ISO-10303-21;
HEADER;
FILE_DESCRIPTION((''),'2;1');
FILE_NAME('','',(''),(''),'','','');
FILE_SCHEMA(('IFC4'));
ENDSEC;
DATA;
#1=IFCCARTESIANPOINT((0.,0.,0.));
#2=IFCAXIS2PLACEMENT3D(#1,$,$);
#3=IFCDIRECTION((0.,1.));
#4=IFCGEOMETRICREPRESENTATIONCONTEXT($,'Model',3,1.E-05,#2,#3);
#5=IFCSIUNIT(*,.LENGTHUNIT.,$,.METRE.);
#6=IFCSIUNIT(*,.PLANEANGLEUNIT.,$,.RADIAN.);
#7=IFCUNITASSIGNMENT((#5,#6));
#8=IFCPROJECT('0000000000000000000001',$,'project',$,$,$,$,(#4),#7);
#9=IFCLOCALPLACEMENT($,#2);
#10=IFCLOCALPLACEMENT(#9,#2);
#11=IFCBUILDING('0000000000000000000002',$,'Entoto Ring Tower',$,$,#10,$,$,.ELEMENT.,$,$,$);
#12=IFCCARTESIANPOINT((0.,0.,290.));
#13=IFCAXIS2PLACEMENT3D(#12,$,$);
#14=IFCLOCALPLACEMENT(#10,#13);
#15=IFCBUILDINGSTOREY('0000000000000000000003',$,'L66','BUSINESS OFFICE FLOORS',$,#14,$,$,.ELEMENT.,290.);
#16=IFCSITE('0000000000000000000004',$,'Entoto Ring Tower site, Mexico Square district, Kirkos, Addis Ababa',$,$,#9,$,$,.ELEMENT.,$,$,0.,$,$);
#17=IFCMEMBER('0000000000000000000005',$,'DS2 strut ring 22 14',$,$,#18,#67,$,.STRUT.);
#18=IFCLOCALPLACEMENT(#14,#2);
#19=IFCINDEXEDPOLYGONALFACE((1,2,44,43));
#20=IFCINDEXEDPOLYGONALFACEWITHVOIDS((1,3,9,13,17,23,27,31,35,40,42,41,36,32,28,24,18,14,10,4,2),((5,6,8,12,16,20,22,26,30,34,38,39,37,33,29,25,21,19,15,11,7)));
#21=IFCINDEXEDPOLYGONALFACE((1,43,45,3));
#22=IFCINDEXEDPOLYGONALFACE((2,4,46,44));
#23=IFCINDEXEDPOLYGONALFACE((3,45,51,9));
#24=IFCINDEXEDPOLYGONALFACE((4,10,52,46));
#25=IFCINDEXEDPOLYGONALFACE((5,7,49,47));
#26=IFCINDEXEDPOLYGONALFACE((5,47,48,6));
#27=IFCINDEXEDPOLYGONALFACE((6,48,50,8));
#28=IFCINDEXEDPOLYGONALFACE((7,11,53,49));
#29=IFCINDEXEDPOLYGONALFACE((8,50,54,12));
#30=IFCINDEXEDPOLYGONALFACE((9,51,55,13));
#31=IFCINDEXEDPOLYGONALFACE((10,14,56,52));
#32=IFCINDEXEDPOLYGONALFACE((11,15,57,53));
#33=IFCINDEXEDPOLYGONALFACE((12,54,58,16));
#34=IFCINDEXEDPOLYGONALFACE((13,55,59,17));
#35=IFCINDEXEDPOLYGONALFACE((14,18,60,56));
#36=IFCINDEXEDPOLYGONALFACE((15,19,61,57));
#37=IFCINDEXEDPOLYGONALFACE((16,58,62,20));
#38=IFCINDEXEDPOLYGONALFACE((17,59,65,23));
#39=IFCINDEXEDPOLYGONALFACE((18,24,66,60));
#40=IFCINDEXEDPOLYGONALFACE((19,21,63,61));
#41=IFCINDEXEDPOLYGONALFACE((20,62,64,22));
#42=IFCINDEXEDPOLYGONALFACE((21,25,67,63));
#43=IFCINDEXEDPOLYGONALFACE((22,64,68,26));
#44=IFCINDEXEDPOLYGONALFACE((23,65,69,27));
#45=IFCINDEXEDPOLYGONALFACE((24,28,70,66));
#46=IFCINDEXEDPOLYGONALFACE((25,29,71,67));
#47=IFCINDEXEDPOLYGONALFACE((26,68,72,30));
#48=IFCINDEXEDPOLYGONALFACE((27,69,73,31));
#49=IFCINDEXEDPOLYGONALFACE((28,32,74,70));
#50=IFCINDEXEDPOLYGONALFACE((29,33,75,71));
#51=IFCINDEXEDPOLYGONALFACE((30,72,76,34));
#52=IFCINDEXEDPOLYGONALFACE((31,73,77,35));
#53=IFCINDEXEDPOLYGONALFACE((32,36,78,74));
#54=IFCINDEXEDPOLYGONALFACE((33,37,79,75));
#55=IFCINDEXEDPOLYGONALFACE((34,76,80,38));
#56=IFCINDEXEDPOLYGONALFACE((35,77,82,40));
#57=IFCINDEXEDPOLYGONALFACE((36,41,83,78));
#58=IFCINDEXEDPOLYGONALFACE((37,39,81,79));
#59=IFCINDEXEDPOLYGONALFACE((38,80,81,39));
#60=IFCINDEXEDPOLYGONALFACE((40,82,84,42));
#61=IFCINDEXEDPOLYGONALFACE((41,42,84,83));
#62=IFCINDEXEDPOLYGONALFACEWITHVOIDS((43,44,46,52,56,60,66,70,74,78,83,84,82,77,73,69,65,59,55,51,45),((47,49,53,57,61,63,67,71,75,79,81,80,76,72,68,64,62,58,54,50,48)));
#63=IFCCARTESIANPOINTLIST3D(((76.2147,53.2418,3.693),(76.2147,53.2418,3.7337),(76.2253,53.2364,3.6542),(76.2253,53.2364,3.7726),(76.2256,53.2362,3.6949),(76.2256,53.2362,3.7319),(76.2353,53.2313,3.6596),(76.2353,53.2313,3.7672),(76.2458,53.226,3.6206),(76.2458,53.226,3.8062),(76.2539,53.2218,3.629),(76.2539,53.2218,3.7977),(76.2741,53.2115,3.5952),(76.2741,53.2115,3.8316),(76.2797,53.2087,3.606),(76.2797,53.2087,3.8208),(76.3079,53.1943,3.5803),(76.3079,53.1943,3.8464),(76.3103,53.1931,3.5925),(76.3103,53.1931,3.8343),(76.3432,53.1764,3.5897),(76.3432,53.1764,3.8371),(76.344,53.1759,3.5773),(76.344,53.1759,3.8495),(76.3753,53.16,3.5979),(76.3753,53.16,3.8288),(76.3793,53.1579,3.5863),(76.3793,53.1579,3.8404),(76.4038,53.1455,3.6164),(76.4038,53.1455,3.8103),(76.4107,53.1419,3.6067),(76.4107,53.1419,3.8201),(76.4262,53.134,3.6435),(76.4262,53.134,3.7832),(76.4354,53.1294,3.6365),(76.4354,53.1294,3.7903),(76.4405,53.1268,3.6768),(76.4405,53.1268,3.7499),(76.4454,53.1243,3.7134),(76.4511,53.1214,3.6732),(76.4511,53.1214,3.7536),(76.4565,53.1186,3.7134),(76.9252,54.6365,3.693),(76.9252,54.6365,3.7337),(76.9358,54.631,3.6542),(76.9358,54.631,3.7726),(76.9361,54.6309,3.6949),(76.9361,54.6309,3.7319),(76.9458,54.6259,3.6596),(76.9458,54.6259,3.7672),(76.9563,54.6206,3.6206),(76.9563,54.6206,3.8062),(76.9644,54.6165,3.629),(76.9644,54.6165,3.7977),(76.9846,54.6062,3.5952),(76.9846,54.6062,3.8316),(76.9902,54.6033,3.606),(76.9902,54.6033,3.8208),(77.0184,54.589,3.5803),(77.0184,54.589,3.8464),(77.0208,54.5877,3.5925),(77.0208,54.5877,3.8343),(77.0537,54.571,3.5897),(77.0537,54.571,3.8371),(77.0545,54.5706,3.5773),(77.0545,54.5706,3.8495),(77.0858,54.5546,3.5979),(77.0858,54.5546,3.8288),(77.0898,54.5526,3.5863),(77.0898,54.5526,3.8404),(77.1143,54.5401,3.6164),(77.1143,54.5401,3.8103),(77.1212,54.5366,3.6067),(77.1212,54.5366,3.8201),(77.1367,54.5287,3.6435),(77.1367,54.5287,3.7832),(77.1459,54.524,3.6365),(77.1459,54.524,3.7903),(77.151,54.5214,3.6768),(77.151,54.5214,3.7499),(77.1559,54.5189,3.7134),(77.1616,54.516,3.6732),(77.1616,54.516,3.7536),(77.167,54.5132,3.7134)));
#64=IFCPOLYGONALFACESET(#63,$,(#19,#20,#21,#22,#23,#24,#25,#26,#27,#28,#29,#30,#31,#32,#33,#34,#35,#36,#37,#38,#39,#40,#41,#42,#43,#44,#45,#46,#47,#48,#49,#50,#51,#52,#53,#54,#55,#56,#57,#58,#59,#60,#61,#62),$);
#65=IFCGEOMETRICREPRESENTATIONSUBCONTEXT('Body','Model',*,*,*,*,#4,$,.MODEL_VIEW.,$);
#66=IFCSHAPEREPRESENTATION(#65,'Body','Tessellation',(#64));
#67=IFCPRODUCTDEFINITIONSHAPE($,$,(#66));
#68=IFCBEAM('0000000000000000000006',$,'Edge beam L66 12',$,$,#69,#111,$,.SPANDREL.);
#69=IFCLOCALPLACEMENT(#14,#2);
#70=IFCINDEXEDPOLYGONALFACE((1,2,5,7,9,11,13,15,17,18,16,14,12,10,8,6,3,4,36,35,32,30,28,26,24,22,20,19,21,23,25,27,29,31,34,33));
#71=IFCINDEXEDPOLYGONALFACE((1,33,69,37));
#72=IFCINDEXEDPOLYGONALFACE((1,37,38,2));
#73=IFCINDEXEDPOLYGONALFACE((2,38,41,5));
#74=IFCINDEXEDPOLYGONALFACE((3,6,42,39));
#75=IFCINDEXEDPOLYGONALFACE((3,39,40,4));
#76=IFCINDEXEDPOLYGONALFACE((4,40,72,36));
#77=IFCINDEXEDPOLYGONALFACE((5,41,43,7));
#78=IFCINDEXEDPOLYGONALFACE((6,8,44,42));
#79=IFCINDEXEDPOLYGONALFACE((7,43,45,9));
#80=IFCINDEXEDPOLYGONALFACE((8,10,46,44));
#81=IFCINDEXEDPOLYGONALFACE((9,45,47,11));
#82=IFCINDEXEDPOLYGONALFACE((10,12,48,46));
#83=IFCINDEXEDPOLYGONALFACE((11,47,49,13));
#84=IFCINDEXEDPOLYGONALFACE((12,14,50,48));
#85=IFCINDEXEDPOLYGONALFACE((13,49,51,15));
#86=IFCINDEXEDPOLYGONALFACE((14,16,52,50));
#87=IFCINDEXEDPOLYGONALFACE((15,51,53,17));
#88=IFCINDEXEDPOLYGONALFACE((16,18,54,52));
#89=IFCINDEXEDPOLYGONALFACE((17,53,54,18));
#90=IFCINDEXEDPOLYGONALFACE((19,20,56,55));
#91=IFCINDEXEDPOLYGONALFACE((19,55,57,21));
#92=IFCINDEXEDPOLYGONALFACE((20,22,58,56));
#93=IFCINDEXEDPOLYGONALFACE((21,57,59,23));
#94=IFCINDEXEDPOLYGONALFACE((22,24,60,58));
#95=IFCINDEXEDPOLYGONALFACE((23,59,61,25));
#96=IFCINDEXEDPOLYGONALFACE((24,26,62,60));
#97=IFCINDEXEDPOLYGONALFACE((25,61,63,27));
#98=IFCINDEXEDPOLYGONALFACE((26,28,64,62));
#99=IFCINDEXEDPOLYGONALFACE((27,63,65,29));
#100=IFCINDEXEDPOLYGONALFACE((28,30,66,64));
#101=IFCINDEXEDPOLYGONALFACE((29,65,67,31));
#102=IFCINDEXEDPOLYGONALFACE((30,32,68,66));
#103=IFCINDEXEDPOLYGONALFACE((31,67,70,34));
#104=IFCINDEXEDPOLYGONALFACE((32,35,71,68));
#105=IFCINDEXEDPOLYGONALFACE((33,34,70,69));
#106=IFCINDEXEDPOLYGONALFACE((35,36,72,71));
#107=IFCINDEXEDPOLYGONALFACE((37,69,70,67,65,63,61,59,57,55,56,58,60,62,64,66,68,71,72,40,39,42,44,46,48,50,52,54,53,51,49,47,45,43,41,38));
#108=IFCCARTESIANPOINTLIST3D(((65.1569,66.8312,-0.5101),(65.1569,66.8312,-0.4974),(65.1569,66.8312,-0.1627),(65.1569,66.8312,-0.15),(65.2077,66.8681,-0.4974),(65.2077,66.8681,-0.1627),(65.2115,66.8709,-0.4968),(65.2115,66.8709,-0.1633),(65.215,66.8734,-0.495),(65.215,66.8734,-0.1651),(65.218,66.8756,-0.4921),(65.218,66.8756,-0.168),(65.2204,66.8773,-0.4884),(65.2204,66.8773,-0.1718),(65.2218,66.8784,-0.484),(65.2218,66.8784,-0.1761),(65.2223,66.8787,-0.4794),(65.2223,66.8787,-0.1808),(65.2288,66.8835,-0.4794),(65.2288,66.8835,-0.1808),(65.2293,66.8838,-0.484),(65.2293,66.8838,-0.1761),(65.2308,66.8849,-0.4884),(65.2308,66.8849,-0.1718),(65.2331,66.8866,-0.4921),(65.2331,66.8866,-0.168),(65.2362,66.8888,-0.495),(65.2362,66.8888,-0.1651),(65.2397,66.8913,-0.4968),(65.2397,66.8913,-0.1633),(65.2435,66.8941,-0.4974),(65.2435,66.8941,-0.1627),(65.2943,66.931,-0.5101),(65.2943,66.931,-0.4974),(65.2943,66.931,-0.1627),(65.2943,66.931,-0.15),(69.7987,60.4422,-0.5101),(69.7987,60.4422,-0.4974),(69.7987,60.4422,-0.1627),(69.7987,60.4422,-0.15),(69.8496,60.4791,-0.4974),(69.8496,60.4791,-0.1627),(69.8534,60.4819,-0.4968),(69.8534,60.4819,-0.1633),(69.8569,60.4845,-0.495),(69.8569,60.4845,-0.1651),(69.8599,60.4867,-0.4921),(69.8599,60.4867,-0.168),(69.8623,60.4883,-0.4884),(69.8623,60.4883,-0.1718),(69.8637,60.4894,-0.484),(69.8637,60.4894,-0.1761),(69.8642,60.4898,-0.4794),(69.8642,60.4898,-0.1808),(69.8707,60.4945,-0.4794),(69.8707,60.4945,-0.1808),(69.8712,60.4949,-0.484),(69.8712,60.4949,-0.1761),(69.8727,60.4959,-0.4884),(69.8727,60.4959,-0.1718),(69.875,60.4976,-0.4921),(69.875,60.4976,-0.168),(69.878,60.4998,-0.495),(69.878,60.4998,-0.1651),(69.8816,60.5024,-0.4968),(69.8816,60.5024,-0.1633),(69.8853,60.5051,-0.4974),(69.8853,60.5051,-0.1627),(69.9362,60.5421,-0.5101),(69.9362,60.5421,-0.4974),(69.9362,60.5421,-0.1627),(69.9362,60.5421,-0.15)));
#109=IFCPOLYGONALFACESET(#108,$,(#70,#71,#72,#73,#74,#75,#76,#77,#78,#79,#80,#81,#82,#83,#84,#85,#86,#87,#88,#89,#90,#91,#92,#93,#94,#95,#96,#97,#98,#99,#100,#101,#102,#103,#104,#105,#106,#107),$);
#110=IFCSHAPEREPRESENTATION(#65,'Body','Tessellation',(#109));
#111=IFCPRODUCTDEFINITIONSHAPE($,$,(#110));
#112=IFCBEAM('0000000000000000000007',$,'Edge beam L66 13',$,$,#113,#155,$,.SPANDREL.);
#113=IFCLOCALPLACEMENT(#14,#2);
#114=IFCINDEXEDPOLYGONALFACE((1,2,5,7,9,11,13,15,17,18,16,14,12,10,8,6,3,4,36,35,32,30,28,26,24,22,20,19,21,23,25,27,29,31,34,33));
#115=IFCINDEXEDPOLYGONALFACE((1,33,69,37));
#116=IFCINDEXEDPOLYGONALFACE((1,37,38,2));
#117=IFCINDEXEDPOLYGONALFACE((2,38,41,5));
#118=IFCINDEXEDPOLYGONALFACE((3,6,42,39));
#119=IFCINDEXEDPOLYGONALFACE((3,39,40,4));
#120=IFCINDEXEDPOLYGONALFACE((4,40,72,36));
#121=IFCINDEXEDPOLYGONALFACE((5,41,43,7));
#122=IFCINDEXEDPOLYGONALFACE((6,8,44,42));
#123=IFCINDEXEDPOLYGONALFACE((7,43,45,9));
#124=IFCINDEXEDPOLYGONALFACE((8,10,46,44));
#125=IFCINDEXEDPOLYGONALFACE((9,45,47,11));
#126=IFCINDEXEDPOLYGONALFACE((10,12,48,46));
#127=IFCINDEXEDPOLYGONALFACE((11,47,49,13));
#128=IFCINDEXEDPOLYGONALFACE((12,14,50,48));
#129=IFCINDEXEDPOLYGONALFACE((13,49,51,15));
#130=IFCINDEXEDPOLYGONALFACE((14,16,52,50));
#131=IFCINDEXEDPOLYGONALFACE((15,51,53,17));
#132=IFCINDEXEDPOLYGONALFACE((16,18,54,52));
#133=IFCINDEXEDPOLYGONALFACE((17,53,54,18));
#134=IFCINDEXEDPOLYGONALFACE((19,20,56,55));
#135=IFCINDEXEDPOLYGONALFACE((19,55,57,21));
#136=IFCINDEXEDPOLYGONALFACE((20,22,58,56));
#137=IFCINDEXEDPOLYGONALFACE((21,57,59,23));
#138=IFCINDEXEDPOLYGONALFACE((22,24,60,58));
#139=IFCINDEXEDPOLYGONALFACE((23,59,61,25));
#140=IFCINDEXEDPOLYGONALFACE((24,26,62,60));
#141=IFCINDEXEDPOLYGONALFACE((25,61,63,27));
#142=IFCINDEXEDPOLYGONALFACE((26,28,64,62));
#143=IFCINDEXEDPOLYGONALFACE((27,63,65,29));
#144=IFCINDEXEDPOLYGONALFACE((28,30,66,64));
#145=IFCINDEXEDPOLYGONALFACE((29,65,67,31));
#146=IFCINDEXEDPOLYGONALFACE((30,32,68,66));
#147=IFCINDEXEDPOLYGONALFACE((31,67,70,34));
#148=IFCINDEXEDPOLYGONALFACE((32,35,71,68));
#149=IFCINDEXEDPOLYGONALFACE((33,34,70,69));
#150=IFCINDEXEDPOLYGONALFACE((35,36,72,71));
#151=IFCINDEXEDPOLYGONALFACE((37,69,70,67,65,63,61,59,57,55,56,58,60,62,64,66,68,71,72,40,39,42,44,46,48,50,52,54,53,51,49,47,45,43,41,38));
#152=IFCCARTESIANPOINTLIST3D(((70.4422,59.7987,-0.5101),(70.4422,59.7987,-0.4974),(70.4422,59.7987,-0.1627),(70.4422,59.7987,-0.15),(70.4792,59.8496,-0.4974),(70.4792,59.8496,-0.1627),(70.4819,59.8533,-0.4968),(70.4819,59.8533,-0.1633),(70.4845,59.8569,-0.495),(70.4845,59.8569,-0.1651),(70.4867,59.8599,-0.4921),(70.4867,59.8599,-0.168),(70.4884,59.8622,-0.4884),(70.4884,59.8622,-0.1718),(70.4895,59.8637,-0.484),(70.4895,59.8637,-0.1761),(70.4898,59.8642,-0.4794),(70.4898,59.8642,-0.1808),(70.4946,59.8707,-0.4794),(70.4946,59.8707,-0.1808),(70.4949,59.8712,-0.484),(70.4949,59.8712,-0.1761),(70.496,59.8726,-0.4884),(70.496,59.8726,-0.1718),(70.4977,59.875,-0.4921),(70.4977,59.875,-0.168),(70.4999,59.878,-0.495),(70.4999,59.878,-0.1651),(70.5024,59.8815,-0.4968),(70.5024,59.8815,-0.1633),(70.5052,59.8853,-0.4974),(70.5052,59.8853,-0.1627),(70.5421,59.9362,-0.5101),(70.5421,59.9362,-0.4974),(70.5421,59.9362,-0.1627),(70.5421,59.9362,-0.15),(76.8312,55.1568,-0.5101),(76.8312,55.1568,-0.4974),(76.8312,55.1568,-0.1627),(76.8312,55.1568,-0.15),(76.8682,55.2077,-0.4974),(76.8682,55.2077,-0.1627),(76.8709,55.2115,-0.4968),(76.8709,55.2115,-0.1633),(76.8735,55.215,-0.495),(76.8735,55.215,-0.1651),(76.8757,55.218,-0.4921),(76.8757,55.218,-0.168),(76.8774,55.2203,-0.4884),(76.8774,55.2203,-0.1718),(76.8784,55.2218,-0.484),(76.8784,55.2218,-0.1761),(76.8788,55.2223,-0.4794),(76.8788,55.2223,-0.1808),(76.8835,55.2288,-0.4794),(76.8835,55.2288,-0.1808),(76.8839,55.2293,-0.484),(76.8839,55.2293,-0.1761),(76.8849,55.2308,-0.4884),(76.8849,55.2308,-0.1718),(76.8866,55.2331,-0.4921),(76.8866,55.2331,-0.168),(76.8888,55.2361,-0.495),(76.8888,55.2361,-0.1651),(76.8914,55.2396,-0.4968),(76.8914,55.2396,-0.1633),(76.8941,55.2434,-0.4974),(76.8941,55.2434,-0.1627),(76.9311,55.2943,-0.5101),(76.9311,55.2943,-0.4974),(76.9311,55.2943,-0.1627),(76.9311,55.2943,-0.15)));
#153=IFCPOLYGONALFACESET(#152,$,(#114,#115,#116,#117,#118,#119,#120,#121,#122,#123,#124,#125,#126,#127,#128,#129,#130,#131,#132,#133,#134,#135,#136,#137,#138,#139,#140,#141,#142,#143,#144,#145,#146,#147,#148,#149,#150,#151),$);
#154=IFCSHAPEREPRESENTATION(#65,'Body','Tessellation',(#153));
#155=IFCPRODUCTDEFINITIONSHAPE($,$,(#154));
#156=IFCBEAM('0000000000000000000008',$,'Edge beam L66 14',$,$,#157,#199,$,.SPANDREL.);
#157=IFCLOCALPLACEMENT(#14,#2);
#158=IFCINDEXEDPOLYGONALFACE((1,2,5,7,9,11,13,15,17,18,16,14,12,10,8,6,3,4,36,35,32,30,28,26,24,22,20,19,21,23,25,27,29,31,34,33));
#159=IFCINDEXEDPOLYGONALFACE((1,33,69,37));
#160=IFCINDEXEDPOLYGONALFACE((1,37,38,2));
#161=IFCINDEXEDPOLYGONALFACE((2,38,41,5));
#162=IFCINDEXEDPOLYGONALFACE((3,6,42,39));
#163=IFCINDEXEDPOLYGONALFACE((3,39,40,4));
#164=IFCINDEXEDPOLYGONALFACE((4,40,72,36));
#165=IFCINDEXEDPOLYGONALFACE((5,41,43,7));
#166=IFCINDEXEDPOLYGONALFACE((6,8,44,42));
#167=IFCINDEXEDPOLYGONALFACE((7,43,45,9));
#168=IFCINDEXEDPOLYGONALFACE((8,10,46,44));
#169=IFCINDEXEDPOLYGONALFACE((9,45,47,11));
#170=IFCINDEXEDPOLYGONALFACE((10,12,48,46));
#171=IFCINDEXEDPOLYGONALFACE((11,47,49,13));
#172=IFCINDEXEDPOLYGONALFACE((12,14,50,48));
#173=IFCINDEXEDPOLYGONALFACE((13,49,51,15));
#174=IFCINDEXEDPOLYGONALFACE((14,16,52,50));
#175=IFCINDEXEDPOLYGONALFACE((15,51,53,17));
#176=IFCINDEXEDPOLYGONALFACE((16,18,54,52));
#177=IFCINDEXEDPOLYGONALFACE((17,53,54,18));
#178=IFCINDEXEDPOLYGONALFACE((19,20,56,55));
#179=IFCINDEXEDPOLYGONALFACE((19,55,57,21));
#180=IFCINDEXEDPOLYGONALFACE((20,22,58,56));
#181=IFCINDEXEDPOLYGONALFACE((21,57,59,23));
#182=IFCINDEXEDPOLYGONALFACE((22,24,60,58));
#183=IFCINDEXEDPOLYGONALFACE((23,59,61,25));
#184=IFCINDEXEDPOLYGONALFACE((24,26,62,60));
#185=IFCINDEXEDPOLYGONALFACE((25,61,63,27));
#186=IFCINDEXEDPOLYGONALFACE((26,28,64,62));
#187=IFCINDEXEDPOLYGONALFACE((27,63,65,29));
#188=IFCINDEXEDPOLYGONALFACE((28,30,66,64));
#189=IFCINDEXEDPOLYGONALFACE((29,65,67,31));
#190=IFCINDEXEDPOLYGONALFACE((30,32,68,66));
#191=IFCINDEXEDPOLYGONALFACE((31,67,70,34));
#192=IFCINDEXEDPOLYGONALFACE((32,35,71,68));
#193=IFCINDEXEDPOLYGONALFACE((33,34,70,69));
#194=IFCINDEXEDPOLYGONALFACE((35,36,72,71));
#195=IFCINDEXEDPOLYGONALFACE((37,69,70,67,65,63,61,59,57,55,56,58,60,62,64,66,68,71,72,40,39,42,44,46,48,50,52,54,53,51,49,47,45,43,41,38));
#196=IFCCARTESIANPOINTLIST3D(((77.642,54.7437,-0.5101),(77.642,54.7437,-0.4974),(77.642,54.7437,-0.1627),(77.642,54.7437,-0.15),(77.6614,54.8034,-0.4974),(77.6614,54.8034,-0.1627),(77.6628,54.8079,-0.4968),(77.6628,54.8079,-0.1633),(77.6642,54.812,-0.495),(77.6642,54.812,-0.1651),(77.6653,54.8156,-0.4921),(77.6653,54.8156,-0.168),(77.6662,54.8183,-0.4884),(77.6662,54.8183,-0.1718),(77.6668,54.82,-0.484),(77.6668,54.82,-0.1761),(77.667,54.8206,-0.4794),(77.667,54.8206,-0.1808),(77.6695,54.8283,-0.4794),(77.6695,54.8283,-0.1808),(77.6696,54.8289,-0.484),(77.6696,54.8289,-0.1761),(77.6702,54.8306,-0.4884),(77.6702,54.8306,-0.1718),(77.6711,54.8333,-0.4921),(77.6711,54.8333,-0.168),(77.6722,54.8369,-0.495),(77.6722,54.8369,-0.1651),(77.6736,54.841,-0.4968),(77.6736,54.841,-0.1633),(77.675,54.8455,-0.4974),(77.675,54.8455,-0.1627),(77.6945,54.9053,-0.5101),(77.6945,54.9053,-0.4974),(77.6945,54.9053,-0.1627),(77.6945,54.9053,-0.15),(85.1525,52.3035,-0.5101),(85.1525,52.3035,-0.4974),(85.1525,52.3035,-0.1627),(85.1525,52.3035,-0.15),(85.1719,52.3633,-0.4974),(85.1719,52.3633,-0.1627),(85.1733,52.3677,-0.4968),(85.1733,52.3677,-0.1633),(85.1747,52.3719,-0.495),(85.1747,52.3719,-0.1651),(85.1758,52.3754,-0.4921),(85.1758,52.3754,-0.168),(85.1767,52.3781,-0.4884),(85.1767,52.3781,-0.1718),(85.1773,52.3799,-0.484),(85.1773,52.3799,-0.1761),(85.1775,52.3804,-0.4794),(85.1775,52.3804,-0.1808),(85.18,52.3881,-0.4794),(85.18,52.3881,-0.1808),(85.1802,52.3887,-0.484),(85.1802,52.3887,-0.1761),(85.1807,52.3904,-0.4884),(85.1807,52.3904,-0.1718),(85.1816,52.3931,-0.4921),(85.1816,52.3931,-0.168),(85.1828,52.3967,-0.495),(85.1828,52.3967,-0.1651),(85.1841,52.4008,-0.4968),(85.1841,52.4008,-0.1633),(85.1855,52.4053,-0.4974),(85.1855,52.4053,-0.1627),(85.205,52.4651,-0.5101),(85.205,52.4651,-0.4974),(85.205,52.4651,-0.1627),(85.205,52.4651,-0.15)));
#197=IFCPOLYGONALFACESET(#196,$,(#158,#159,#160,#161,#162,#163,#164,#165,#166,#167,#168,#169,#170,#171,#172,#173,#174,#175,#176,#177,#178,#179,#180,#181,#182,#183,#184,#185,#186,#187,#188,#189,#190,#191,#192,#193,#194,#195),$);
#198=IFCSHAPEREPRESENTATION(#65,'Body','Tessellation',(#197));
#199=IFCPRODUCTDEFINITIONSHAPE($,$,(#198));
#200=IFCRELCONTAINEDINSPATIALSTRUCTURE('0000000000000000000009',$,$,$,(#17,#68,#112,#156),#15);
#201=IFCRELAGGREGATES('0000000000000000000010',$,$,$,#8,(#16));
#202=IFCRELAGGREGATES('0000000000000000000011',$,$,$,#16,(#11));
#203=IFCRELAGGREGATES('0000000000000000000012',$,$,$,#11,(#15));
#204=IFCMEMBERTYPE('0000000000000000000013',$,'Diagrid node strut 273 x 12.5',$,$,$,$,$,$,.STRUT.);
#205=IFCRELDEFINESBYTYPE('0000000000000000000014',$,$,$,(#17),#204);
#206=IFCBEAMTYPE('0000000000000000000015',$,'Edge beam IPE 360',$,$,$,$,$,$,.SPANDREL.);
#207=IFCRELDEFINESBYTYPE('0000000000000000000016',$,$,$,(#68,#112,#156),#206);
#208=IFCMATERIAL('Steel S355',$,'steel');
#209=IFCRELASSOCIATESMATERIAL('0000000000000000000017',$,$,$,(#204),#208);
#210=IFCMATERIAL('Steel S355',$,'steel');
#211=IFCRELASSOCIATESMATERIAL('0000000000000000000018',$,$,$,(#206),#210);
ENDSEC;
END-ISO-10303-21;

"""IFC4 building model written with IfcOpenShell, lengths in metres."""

from ifc_helpers import new_model, si_unit, direction, frame, origin, origin_2d, place, context, subcontext, project, spatial, circle, hollow_circle, i_section, extrude, material, material_profile, profile_set, type_object, element, save


model = new_model("IFC4")

# Units and contexts
model_context = context("Model", 3, precision=1e-05, world=origin(), true_north=direction((0.0, 1.0)))
body_context = subcontext(model_context, "Body", "Model", "MODEL_VIEW")
ifc_project = project(units=[si_unit("LENGTHUNIT", "METRE"), si_unit("PLANEANGLEUNIT", "RADIAN")], contexts=[model_context])

# Site, building, storey
site_placement = place(None, origin())
site = spatial("IfcSite", under=ifc_project, at=site_placement, Name="Entoto Ring Tower site, Mexico Square district, Kirkos, Addis Ababa", CompositionType="ELEMENT", RefElevation=0.0)
building_placement = place(site_placement, origin())
building = spatial("IfcBuilding", under=site, at=building_placement, Name="Entoto Ring Tower", CompositionType="ELEMENT")
storey_placement = place(building_placement, frame((0.0, 0.0, 290.0)))
storey = spatial("IfcBuildingStorey", under=building, at=storey_placement, Name="L66", Description="BUSINESS OFFICE FLOORS", CompositionType="ELEMENT", Elevation=290.0)

# Member
ifc_material_1 = material(Name="Steel S355", Category="steel")
ifc_material_profile_1 = material_profile(ifc_material_1, hollow_circle(Radius=0.1365, WallThickness=0.0125, at=origin_2d()), Name="CHS 273 x 12.5")
ifc_material_2 = material(Name="Concrete C60/75", Category="concrete")
ifc_material_profile_2 = material_profile(ifc_material_2, circle(Radius=0.124, at=origin_2d()), Name="Concrete C60/75 infill")
ifc_profile_set_1 = profile_set([ifc_material_profile_1, ifc_material_profile_2], Name="Steel S355")
member_type = type_object("IfcMemberType", Name="Diagrid node strut 273 x 12.5", PredefinedType="STRUT", material=ifc_profile_set_1)
for number, where, z_axis, x_axis, name in (
    (1, (77.0454, 54.5752, 3.7134), (-0.45394, -0.891032, 0.0), (0.891032, -0.45394, 0.0), "DS2 strut ring 22 14"),
):
    element("IfcMember", number, at=place(storey_placement, frame(where, z_axis=z_axis, x_axis=x_axis)), inside=storey, type_object=member_type, Name=name, PredefinedType="STRUT", context=body_context, shape_type="SweptSolid", body=[
        extrude(hollow_circle(Radius=0.1365, WallThickness=0.0125, at=origin_2d()), origin(), (0.0, 0.0, 1.0), 1.5652),
    ])

# Beams
ifc_material_3 = material(Name="Steel S355", Category="steel")
ifc_material_profile_3 = material_profile(ifc_material_3, i_section(OverallWidth=0.1699, OverallDepth=0.3601, WebThickness=0.0081, FlangeThickness=0.0127, FilletRadius=0.0181, at=origin_2d()), Name="IPE 360")
ifc_profile_set_2 = profile_set([ifc_material_profile_3], Name="Steel S355")
beam_type = type_object("IfcBeamType", Name="Edge beam IPE 360", PredefinedType="SPANDREL", material=ifc_profile_set_2)
for number, where, z_axis, x_axis, name in (
    (2, (65.2256, 66.8811, -0.3301), (0.587787, -0.809015, 0.0), (0.809015, 0.587787, 0.0), "Edge beam L66 12"),
    (3, (70.4922, 59.8674, -0.3301), (0.809015, -0.587787, 0.0), (0.587787, 0.809015, 0.0), "Edge beam L66 13"),
):
    element("IfcBeam", number, at=place(storey_placement, frame(where, z_axis=z_axis, x_axis=x_axis)), inside=storey, type_object=beam_type, Name=name, PredefinedType="SPANDREL", context=body_context, shape_type="SweptSolid", body=[
        extrude(i_section(OverallWidth=0.1699, OverallDepth=0.3601, WebThickness=0.0081, FlangeThickness=0.0127, FilletRadius=0.0181, at=origin_2d()), origin(), (0.0, 0.0, 1.0), 7.8972),
    ])
beam_placement = place(storey_placement, frame((77.6682, 54.8245, -0.3301), z_axis=(0.951061, -0.309003, 0.0), x_axis=(0.309003, 0.951061, 0.0)))
element("IfcBeam", 4, at=beam_placement, inside=storey, type_object=beam_type, Name="Edge beam L66 14", PredefinedType="SPANDREL", context=body_context, shape_type="SweptSolid", body=[
    extrude(i_section(OverallWidth=0.1699, OverallDepth=0.3601, WebThickness=0.0081, FlangeThickness=0.0127, FilletRadius=0.0181, at=origin_2d()), origin(), (0.0, 0.0, 1.0), 7.897),
])

save(model, "model.ifc")
